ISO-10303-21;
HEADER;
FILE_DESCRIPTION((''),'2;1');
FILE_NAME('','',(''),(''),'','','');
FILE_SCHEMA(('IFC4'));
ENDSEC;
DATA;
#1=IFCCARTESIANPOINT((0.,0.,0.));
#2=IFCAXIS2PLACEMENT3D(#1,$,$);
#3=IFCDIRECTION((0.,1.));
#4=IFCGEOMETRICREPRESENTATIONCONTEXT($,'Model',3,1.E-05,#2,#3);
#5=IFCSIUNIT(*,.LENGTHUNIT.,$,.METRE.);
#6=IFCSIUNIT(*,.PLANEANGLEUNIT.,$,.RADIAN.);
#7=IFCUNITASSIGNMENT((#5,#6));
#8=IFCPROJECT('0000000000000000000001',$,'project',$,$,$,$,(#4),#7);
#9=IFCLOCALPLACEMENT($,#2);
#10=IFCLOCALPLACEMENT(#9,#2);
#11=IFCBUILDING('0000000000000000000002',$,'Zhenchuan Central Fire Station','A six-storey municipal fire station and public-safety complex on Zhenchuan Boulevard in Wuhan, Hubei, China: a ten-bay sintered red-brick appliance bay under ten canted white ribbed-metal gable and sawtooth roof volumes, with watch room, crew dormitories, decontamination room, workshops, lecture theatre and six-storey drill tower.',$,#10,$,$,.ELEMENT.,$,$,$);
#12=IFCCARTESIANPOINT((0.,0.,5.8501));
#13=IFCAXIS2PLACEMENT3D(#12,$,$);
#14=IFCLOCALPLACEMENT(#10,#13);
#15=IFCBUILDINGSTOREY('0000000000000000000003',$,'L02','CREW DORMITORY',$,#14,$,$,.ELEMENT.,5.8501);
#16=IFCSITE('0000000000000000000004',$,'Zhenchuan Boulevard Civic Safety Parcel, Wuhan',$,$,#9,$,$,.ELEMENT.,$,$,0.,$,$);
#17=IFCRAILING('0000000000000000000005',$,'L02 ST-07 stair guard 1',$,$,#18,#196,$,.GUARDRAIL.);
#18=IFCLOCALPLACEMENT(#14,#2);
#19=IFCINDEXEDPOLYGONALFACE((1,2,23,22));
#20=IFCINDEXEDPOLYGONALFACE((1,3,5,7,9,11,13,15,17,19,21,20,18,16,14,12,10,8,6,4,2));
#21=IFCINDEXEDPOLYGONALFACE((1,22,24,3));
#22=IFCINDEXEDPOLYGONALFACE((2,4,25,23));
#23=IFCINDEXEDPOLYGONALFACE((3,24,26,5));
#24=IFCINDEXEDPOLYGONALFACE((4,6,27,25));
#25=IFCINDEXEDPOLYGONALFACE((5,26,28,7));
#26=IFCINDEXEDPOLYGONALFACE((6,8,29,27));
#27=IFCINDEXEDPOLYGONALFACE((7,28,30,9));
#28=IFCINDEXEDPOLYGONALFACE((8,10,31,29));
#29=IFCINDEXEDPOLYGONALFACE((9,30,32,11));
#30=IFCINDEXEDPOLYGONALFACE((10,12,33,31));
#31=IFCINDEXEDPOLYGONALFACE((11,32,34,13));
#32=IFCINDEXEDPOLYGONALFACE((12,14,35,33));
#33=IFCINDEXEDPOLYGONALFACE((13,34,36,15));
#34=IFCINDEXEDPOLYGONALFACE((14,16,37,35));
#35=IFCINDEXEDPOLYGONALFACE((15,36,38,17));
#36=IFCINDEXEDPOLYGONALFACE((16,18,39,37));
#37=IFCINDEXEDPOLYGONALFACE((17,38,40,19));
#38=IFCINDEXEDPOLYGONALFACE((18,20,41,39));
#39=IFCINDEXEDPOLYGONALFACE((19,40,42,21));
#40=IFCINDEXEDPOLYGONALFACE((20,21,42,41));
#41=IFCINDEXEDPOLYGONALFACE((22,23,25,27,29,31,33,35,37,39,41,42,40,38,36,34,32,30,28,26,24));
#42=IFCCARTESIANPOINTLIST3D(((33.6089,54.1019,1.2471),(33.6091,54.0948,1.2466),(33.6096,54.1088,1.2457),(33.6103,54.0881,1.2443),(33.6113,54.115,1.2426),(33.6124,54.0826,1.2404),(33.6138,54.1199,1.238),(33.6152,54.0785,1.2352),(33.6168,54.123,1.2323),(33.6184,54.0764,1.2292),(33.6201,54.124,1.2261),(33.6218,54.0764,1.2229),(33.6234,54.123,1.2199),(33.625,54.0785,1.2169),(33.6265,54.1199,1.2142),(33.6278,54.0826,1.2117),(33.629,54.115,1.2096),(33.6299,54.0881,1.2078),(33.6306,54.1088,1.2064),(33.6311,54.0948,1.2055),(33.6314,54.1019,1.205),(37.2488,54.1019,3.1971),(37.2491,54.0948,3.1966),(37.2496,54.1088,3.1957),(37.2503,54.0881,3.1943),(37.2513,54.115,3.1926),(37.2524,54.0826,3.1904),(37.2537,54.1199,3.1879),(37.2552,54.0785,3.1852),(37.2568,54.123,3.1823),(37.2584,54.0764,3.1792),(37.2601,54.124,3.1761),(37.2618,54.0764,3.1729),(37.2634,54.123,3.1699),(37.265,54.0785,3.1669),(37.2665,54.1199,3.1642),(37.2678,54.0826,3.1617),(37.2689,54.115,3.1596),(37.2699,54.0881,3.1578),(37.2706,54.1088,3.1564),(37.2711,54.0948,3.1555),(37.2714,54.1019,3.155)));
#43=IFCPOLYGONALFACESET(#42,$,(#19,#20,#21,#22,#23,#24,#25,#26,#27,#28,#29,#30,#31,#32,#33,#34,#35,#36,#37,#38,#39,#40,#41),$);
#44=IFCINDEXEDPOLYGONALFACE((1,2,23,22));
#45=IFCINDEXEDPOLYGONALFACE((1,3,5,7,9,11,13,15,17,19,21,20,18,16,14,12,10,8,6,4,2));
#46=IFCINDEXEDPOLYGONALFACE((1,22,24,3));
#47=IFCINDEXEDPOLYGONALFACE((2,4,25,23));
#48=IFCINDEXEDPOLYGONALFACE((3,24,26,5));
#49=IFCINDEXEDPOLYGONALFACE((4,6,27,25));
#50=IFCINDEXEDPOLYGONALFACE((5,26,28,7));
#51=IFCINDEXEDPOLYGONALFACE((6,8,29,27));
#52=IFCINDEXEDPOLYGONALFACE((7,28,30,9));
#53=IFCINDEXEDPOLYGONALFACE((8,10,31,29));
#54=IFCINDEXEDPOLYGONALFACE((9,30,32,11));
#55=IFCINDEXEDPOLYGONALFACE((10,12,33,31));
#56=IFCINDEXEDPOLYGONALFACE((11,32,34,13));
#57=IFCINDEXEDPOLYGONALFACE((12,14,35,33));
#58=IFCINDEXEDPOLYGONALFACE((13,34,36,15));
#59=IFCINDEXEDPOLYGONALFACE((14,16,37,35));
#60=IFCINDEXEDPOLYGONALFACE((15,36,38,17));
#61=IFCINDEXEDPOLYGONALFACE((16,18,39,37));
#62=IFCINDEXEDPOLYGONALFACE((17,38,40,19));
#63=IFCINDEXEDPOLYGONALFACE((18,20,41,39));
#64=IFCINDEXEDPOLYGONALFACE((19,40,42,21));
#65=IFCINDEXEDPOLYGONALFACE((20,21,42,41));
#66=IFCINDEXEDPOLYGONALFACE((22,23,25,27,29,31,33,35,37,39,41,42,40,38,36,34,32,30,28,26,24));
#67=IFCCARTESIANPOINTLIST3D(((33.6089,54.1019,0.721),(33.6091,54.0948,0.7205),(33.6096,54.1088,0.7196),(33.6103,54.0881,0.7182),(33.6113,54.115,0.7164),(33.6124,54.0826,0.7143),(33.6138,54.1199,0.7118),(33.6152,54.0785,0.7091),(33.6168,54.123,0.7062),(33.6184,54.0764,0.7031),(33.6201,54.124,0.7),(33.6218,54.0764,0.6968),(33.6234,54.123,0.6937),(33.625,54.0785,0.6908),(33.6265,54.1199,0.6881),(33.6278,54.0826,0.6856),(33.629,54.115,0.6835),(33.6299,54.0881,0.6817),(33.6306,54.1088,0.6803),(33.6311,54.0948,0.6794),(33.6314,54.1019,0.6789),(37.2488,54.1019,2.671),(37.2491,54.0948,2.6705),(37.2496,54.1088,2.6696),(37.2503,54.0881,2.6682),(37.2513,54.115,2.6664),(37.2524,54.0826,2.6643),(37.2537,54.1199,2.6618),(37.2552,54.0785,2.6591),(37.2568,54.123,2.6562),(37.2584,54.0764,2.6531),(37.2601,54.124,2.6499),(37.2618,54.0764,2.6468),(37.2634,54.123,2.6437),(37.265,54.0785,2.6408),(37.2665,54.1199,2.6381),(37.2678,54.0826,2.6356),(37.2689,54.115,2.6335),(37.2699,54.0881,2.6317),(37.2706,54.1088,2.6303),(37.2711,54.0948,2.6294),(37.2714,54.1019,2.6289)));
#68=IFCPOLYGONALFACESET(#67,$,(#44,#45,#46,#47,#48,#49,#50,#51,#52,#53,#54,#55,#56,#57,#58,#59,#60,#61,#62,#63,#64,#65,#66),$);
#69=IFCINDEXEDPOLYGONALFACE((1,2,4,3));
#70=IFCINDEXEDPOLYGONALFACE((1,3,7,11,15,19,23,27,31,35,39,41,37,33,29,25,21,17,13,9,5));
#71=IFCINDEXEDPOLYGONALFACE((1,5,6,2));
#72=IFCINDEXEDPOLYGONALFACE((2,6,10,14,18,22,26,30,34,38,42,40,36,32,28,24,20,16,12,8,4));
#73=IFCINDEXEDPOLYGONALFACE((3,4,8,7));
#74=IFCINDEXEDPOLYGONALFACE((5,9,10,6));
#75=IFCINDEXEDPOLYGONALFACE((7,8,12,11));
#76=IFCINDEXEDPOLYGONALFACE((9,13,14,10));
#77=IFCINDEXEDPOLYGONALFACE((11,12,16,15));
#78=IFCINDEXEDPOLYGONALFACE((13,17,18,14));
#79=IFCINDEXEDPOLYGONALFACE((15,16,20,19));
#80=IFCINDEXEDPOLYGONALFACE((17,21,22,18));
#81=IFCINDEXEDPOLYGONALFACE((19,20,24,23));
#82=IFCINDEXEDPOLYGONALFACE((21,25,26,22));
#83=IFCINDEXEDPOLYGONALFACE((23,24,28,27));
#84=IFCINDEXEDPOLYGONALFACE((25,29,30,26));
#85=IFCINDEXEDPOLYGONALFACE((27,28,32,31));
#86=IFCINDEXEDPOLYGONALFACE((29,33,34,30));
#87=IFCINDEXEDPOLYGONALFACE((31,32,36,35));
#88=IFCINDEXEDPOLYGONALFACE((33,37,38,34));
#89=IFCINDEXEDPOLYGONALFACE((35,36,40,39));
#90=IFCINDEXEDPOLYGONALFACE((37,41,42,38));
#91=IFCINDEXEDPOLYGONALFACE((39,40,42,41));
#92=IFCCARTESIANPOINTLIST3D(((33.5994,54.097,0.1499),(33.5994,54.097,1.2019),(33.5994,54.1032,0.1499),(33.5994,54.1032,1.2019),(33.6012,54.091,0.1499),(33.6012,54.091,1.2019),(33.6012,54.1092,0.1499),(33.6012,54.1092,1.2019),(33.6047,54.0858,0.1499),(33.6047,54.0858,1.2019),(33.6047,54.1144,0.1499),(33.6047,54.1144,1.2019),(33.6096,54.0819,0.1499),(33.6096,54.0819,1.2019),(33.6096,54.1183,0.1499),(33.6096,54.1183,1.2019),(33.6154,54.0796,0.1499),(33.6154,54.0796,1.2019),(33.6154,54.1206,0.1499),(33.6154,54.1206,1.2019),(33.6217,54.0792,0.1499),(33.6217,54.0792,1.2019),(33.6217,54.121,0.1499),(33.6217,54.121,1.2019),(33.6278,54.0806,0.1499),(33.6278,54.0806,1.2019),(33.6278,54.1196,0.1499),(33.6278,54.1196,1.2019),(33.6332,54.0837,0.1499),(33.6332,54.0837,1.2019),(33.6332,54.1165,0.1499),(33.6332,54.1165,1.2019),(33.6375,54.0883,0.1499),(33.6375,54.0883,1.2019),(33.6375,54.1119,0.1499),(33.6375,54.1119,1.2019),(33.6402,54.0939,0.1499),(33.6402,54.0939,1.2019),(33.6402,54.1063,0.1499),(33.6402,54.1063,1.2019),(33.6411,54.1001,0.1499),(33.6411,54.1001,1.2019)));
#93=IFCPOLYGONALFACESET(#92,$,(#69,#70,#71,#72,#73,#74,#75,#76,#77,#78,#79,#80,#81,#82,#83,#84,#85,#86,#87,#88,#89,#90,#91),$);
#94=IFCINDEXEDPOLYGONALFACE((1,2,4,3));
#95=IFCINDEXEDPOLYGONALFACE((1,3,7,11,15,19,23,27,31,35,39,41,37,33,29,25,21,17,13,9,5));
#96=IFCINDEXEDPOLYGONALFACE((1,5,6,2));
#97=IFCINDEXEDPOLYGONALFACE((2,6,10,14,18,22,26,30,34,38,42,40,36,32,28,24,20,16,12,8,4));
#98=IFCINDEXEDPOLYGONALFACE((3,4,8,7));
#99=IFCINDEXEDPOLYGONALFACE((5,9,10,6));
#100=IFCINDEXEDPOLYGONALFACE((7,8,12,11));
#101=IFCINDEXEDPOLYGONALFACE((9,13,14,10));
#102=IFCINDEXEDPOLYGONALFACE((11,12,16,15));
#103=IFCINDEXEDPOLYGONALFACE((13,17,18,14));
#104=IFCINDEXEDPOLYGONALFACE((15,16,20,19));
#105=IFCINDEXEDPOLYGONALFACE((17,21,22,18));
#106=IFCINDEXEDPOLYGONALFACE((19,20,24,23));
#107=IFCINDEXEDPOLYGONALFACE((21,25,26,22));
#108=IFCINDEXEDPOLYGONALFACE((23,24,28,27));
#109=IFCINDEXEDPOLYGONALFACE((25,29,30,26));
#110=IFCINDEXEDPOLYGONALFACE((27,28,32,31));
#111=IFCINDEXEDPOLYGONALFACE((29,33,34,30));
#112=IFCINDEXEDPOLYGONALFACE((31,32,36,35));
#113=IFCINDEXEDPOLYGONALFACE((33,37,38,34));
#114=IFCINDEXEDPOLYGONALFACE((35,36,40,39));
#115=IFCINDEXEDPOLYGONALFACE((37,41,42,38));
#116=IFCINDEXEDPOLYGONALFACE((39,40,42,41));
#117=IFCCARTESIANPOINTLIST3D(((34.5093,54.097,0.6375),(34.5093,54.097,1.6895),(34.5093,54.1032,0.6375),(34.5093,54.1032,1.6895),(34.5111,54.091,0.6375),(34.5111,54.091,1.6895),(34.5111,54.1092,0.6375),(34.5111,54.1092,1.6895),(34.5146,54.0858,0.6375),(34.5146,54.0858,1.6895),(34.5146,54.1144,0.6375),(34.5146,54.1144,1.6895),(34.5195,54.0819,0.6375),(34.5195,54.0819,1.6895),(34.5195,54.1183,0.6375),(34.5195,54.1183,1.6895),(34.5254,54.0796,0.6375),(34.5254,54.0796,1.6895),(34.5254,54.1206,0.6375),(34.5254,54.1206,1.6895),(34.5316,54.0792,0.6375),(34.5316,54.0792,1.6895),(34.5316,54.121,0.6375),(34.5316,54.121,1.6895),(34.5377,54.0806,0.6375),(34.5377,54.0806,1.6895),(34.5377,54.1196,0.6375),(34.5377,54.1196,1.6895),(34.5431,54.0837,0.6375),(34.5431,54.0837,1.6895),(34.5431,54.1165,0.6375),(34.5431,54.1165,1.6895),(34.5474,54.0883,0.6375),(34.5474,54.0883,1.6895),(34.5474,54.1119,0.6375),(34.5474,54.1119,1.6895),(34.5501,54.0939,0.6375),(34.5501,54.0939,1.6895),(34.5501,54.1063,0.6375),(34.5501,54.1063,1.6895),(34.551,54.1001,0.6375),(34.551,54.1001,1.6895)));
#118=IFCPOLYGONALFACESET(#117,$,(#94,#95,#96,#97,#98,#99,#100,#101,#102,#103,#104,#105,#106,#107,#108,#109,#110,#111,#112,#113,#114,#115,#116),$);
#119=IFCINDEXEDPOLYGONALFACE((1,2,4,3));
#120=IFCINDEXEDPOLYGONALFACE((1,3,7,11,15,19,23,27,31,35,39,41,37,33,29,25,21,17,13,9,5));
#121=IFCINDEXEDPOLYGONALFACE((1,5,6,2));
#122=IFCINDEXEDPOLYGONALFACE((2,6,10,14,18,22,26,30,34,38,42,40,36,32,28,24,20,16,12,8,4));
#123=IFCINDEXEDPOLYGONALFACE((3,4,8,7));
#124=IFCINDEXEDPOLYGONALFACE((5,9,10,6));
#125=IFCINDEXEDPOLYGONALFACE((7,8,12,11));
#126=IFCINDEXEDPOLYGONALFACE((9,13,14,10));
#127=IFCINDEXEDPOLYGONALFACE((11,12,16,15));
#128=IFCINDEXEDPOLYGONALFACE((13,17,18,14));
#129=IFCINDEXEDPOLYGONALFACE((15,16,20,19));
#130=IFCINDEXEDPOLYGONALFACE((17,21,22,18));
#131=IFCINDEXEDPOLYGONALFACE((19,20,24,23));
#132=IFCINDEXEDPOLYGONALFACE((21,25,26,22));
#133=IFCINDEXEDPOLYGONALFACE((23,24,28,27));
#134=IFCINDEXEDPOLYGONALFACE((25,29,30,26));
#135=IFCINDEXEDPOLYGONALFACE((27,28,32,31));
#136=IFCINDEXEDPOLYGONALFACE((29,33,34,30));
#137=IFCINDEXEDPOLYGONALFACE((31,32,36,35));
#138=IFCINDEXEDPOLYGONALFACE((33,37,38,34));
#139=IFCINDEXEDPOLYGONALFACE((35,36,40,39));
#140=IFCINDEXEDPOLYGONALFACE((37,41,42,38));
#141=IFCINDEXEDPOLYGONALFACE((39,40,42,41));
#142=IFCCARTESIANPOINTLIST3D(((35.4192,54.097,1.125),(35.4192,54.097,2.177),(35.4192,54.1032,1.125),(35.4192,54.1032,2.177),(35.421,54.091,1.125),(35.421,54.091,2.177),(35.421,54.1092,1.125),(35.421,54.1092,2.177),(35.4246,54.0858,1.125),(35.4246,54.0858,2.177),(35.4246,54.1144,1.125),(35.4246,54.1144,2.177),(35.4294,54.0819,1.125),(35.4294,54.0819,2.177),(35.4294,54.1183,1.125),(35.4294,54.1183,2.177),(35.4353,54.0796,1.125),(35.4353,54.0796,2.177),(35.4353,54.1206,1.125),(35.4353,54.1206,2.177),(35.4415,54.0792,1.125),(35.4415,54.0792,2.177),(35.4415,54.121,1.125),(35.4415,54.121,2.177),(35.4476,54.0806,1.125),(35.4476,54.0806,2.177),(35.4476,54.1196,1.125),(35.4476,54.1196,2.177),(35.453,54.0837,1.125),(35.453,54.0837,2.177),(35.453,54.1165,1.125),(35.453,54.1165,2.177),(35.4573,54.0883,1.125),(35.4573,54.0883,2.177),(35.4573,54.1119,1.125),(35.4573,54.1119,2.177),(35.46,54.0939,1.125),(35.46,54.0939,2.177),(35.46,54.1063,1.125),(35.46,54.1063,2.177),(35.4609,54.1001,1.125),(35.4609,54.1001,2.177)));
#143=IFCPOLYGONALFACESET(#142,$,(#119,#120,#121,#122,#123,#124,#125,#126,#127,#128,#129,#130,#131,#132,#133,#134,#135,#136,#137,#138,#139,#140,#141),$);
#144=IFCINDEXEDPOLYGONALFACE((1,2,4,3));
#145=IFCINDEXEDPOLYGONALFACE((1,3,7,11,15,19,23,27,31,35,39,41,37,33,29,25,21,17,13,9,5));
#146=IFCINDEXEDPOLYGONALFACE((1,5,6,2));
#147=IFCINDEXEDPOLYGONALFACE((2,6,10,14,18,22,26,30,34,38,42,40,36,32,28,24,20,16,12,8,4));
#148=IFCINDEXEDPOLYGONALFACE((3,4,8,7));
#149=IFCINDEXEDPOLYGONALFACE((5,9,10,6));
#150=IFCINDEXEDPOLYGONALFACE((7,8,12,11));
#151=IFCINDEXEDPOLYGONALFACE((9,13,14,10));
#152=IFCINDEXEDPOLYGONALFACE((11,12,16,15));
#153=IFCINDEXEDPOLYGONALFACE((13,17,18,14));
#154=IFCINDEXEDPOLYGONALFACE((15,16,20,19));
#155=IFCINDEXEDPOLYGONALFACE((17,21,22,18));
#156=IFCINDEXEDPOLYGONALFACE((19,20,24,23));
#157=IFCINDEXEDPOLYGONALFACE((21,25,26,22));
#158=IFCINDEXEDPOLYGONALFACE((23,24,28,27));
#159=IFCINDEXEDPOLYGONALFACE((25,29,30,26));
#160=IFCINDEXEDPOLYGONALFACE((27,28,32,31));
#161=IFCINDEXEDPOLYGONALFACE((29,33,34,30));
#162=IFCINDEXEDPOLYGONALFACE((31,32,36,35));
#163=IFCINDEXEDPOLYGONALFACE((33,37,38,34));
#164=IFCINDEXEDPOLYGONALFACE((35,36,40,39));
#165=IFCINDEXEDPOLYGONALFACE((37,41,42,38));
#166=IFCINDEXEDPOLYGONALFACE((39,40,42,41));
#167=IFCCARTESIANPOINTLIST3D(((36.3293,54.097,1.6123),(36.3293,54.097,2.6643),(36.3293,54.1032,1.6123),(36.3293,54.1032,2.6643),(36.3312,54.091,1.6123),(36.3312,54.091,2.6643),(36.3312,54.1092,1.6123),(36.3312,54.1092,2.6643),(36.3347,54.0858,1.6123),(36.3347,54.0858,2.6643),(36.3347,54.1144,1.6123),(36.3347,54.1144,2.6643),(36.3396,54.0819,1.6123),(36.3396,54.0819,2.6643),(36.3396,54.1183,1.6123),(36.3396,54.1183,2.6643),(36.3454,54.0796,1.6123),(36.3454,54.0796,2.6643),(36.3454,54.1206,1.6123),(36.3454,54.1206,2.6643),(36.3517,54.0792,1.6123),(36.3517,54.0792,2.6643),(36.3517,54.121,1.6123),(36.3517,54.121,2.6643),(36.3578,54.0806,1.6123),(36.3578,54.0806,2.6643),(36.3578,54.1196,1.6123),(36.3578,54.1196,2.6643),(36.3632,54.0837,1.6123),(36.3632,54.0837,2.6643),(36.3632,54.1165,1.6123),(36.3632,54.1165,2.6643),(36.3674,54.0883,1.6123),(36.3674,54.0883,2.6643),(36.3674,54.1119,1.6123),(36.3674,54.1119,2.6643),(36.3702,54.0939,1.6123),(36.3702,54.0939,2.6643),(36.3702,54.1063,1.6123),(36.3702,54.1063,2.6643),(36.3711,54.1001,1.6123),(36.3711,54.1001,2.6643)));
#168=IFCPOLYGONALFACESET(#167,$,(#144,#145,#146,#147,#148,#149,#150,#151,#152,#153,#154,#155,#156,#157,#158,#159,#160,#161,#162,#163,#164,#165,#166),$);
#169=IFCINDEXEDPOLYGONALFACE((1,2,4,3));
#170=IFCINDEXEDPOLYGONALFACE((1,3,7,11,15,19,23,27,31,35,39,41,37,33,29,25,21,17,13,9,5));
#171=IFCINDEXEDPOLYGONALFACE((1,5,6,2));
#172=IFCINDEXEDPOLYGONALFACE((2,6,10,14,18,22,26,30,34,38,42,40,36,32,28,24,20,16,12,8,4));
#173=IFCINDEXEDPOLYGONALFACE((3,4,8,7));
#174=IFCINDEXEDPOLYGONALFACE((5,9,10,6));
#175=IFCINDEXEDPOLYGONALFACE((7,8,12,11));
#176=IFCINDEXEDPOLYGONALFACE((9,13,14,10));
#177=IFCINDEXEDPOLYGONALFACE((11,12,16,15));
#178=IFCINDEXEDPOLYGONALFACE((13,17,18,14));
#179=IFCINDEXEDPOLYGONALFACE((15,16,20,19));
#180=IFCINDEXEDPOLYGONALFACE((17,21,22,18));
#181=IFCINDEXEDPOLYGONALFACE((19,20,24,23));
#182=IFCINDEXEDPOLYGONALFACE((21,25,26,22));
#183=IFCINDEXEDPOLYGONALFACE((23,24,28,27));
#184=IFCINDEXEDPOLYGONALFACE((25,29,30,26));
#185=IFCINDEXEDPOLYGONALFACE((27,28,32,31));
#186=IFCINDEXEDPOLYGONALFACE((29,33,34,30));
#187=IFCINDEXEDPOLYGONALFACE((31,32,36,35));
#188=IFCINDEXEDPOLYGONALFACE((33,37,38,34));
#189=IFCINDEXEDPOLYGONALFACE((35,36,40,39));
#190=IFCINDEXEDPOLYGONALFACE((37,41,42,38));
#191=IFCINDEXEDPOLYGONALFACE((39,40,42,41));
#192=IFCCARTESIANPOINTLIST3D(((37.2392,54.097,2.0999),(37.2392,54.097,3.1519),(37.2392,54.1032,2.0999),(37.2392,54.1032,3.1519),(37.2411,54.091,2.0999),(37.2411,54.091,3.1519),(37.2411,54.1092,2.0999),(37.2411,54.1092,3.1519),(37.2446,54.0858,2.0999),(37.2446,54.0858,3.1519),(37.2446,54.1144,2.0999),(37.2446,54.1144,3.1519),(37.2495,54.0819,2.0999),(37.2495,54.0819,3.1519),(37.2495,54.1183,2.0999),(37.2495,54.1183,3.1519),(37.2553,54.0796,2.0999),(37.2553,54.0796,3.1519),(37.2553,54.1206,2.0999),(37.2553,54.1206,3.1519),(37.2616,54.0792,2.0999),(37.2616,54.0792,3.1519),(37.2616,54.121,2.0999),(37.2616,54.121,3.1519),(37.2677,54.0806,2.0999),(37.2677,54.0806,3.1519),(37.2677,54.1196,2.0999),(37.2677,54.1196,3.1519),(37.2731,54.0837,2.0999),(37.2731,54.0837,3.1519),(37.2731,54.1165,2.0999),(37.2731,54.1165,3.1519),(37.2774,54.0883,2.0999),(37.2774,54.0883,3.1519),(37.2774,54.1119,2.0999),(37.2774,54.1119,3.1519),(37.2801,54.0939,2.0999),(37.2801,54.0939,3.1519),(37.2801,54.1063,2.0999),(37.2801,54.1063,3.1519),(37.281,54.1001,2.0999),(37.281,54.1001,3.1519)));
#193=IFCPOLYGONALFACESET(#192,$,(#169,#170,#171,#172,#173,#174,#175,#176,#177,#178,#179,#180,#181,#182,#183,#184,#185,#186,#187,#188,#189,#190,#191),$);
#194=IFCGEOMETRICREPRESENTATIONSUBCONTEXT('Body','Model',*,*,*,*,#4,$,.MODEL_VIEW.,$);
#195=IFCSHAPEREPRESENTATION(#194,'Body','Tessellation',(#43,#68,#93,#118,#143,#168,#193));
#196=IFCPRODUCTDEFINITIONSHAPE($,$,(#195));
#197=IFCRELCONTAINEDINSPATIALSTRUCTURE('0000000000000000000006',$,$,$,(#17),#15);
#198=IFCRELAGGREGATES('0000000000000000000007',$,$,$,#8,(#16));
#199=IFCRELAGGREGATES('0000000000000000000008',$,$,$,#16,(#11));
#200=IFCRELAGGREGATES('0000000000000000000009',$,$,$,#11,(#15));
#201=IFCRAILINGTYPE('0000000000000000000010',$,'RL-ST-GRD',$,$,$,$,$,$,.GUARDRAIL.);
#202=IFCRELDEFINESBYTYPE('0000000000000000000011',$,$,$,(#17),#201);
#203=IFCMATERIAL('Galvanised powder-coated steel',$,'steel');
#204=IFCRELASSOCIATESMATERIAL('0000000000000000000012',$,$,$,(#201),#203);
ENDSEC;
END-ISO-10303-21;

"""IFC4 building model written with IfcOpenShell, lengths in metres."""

from ifc_helpers import new_model, si_unit, direction, frame, origin, origin_2d, place, context, subcontext, project, spatial, circle, extrude, material, type_object, element, save


model = new_model("IFC4")

# Units and contexts
model_context = context("Model", 3, precision=1e-05, world=origin(), true_north=direction((0.0, 1.0)))
body_context = subcontext(model_context, "Body", "Model", "MODEL_VIEW")
ifc_project = project(units=[si_unit("LENGTHUNIT", "METRE"), si_unit("PLANEANGLEUNIT", "RADIAN")], contexts=[model_context])

# Site, building, storey
site_placement = place(None, origin())
site = spatial("IfcSite", under=ifc_project, at=site_placement, Name="Zhenchuan Boulevard Civic Safety Parcel, Wuhan", CompositionType="ELEMENT", RefElevation=0.0)
building_placement = place(site_placement, origin())
building = spatial("IfcBuilding", under=site, at=building_placement, Name="Zhenchuan Central Fire Station", Description="A six-storey municipal fire station and public-safety complex on Zhenchuan Boulevard in Wuhan, Hubei, China: a ten-bay sintered red-brick appliance bay under ten canted white ribbed-metal gable and sawtooth roof volumes, with watch room, crew dormitories, decontamination room, workshops, lecture theatre and six-storey drill tower.", CompositionType="ELEMENT")
storey_placement = place(building_placement, frame((0.0, 0.0, 5.8501)))
storey = spatial("IfcBuildingStorey", under=building, at=storey_placement, Name="L02", Description="CREW DORMITORY", CompositionType="ELEMENT", Elevation=5.8501)

# Railing
ifc_material_1 = material(Name="Galvanised powder-coated steel", Category="steel")
railing_type_1 = type_object("IfcRailingType", Name="RL-ST-GRD", PredefinedType="GUARDRAIL", material=ifc_material_1)
railing_1_placement = place(storey_placement, frame((33.6201, 54.1001, 0.1499)))
element("IfcRailing", 1, at=railing_1_placement, inside=storey, type_object=railing_type_1, Name="L02 ST-07 stair guard 1", PredefinedType="GUARDRAIL", context=body_context, shape_type="SweptSolid", body=[
    extrude(circle(Radius=0.0239, at=origin_2d()), frame((0.0, 0.0, 1.0762), z_axis=(0.881479, 0.0, 0.472223), x_axis=(0.0, 1.0, 0.0)), (0.0, 0.0, 1.0), 4.1294),
    extrude(circle(Radius=0.0239, at=origin_2d()), frame((0.0, 0.0, 0.55), z_axis=(0.881479, 0.0, 0.472223), x_axis=(0.0, 1.0, 0.0)), (0.0, 0.0, 1.0), 4.1294),
    extrude(circle(Radius=0.021, at=origin_2d()), origin(), (0.0, 0.0, 1.0), 1.052),
    extrude(circle(Radius=0.021, at=origin_2d()), frame((0.9099, 0.0, 0.4875)), (0.0, 0.0, 1.0), 1.052),
    extrude(circle(Radius=0.021, at=origin_2d()), frame((1.8198, 0.0, 0.9751)), (0.0, 0.0, 1.0), 1.052),
    extrude(circle(Radius=0.021, at=origin_2d()), frame((2.73, 0.0, 1.4624)), (0.0, 0.0, 1.0), 1.052),
    extrude(circle(Radius=0.021, at=origin_2d()), frame((3.6399, 0.0, 1.95)), (0.0, 0.0, 1.0), 1.052),
])

save(model, "model.ifc")
